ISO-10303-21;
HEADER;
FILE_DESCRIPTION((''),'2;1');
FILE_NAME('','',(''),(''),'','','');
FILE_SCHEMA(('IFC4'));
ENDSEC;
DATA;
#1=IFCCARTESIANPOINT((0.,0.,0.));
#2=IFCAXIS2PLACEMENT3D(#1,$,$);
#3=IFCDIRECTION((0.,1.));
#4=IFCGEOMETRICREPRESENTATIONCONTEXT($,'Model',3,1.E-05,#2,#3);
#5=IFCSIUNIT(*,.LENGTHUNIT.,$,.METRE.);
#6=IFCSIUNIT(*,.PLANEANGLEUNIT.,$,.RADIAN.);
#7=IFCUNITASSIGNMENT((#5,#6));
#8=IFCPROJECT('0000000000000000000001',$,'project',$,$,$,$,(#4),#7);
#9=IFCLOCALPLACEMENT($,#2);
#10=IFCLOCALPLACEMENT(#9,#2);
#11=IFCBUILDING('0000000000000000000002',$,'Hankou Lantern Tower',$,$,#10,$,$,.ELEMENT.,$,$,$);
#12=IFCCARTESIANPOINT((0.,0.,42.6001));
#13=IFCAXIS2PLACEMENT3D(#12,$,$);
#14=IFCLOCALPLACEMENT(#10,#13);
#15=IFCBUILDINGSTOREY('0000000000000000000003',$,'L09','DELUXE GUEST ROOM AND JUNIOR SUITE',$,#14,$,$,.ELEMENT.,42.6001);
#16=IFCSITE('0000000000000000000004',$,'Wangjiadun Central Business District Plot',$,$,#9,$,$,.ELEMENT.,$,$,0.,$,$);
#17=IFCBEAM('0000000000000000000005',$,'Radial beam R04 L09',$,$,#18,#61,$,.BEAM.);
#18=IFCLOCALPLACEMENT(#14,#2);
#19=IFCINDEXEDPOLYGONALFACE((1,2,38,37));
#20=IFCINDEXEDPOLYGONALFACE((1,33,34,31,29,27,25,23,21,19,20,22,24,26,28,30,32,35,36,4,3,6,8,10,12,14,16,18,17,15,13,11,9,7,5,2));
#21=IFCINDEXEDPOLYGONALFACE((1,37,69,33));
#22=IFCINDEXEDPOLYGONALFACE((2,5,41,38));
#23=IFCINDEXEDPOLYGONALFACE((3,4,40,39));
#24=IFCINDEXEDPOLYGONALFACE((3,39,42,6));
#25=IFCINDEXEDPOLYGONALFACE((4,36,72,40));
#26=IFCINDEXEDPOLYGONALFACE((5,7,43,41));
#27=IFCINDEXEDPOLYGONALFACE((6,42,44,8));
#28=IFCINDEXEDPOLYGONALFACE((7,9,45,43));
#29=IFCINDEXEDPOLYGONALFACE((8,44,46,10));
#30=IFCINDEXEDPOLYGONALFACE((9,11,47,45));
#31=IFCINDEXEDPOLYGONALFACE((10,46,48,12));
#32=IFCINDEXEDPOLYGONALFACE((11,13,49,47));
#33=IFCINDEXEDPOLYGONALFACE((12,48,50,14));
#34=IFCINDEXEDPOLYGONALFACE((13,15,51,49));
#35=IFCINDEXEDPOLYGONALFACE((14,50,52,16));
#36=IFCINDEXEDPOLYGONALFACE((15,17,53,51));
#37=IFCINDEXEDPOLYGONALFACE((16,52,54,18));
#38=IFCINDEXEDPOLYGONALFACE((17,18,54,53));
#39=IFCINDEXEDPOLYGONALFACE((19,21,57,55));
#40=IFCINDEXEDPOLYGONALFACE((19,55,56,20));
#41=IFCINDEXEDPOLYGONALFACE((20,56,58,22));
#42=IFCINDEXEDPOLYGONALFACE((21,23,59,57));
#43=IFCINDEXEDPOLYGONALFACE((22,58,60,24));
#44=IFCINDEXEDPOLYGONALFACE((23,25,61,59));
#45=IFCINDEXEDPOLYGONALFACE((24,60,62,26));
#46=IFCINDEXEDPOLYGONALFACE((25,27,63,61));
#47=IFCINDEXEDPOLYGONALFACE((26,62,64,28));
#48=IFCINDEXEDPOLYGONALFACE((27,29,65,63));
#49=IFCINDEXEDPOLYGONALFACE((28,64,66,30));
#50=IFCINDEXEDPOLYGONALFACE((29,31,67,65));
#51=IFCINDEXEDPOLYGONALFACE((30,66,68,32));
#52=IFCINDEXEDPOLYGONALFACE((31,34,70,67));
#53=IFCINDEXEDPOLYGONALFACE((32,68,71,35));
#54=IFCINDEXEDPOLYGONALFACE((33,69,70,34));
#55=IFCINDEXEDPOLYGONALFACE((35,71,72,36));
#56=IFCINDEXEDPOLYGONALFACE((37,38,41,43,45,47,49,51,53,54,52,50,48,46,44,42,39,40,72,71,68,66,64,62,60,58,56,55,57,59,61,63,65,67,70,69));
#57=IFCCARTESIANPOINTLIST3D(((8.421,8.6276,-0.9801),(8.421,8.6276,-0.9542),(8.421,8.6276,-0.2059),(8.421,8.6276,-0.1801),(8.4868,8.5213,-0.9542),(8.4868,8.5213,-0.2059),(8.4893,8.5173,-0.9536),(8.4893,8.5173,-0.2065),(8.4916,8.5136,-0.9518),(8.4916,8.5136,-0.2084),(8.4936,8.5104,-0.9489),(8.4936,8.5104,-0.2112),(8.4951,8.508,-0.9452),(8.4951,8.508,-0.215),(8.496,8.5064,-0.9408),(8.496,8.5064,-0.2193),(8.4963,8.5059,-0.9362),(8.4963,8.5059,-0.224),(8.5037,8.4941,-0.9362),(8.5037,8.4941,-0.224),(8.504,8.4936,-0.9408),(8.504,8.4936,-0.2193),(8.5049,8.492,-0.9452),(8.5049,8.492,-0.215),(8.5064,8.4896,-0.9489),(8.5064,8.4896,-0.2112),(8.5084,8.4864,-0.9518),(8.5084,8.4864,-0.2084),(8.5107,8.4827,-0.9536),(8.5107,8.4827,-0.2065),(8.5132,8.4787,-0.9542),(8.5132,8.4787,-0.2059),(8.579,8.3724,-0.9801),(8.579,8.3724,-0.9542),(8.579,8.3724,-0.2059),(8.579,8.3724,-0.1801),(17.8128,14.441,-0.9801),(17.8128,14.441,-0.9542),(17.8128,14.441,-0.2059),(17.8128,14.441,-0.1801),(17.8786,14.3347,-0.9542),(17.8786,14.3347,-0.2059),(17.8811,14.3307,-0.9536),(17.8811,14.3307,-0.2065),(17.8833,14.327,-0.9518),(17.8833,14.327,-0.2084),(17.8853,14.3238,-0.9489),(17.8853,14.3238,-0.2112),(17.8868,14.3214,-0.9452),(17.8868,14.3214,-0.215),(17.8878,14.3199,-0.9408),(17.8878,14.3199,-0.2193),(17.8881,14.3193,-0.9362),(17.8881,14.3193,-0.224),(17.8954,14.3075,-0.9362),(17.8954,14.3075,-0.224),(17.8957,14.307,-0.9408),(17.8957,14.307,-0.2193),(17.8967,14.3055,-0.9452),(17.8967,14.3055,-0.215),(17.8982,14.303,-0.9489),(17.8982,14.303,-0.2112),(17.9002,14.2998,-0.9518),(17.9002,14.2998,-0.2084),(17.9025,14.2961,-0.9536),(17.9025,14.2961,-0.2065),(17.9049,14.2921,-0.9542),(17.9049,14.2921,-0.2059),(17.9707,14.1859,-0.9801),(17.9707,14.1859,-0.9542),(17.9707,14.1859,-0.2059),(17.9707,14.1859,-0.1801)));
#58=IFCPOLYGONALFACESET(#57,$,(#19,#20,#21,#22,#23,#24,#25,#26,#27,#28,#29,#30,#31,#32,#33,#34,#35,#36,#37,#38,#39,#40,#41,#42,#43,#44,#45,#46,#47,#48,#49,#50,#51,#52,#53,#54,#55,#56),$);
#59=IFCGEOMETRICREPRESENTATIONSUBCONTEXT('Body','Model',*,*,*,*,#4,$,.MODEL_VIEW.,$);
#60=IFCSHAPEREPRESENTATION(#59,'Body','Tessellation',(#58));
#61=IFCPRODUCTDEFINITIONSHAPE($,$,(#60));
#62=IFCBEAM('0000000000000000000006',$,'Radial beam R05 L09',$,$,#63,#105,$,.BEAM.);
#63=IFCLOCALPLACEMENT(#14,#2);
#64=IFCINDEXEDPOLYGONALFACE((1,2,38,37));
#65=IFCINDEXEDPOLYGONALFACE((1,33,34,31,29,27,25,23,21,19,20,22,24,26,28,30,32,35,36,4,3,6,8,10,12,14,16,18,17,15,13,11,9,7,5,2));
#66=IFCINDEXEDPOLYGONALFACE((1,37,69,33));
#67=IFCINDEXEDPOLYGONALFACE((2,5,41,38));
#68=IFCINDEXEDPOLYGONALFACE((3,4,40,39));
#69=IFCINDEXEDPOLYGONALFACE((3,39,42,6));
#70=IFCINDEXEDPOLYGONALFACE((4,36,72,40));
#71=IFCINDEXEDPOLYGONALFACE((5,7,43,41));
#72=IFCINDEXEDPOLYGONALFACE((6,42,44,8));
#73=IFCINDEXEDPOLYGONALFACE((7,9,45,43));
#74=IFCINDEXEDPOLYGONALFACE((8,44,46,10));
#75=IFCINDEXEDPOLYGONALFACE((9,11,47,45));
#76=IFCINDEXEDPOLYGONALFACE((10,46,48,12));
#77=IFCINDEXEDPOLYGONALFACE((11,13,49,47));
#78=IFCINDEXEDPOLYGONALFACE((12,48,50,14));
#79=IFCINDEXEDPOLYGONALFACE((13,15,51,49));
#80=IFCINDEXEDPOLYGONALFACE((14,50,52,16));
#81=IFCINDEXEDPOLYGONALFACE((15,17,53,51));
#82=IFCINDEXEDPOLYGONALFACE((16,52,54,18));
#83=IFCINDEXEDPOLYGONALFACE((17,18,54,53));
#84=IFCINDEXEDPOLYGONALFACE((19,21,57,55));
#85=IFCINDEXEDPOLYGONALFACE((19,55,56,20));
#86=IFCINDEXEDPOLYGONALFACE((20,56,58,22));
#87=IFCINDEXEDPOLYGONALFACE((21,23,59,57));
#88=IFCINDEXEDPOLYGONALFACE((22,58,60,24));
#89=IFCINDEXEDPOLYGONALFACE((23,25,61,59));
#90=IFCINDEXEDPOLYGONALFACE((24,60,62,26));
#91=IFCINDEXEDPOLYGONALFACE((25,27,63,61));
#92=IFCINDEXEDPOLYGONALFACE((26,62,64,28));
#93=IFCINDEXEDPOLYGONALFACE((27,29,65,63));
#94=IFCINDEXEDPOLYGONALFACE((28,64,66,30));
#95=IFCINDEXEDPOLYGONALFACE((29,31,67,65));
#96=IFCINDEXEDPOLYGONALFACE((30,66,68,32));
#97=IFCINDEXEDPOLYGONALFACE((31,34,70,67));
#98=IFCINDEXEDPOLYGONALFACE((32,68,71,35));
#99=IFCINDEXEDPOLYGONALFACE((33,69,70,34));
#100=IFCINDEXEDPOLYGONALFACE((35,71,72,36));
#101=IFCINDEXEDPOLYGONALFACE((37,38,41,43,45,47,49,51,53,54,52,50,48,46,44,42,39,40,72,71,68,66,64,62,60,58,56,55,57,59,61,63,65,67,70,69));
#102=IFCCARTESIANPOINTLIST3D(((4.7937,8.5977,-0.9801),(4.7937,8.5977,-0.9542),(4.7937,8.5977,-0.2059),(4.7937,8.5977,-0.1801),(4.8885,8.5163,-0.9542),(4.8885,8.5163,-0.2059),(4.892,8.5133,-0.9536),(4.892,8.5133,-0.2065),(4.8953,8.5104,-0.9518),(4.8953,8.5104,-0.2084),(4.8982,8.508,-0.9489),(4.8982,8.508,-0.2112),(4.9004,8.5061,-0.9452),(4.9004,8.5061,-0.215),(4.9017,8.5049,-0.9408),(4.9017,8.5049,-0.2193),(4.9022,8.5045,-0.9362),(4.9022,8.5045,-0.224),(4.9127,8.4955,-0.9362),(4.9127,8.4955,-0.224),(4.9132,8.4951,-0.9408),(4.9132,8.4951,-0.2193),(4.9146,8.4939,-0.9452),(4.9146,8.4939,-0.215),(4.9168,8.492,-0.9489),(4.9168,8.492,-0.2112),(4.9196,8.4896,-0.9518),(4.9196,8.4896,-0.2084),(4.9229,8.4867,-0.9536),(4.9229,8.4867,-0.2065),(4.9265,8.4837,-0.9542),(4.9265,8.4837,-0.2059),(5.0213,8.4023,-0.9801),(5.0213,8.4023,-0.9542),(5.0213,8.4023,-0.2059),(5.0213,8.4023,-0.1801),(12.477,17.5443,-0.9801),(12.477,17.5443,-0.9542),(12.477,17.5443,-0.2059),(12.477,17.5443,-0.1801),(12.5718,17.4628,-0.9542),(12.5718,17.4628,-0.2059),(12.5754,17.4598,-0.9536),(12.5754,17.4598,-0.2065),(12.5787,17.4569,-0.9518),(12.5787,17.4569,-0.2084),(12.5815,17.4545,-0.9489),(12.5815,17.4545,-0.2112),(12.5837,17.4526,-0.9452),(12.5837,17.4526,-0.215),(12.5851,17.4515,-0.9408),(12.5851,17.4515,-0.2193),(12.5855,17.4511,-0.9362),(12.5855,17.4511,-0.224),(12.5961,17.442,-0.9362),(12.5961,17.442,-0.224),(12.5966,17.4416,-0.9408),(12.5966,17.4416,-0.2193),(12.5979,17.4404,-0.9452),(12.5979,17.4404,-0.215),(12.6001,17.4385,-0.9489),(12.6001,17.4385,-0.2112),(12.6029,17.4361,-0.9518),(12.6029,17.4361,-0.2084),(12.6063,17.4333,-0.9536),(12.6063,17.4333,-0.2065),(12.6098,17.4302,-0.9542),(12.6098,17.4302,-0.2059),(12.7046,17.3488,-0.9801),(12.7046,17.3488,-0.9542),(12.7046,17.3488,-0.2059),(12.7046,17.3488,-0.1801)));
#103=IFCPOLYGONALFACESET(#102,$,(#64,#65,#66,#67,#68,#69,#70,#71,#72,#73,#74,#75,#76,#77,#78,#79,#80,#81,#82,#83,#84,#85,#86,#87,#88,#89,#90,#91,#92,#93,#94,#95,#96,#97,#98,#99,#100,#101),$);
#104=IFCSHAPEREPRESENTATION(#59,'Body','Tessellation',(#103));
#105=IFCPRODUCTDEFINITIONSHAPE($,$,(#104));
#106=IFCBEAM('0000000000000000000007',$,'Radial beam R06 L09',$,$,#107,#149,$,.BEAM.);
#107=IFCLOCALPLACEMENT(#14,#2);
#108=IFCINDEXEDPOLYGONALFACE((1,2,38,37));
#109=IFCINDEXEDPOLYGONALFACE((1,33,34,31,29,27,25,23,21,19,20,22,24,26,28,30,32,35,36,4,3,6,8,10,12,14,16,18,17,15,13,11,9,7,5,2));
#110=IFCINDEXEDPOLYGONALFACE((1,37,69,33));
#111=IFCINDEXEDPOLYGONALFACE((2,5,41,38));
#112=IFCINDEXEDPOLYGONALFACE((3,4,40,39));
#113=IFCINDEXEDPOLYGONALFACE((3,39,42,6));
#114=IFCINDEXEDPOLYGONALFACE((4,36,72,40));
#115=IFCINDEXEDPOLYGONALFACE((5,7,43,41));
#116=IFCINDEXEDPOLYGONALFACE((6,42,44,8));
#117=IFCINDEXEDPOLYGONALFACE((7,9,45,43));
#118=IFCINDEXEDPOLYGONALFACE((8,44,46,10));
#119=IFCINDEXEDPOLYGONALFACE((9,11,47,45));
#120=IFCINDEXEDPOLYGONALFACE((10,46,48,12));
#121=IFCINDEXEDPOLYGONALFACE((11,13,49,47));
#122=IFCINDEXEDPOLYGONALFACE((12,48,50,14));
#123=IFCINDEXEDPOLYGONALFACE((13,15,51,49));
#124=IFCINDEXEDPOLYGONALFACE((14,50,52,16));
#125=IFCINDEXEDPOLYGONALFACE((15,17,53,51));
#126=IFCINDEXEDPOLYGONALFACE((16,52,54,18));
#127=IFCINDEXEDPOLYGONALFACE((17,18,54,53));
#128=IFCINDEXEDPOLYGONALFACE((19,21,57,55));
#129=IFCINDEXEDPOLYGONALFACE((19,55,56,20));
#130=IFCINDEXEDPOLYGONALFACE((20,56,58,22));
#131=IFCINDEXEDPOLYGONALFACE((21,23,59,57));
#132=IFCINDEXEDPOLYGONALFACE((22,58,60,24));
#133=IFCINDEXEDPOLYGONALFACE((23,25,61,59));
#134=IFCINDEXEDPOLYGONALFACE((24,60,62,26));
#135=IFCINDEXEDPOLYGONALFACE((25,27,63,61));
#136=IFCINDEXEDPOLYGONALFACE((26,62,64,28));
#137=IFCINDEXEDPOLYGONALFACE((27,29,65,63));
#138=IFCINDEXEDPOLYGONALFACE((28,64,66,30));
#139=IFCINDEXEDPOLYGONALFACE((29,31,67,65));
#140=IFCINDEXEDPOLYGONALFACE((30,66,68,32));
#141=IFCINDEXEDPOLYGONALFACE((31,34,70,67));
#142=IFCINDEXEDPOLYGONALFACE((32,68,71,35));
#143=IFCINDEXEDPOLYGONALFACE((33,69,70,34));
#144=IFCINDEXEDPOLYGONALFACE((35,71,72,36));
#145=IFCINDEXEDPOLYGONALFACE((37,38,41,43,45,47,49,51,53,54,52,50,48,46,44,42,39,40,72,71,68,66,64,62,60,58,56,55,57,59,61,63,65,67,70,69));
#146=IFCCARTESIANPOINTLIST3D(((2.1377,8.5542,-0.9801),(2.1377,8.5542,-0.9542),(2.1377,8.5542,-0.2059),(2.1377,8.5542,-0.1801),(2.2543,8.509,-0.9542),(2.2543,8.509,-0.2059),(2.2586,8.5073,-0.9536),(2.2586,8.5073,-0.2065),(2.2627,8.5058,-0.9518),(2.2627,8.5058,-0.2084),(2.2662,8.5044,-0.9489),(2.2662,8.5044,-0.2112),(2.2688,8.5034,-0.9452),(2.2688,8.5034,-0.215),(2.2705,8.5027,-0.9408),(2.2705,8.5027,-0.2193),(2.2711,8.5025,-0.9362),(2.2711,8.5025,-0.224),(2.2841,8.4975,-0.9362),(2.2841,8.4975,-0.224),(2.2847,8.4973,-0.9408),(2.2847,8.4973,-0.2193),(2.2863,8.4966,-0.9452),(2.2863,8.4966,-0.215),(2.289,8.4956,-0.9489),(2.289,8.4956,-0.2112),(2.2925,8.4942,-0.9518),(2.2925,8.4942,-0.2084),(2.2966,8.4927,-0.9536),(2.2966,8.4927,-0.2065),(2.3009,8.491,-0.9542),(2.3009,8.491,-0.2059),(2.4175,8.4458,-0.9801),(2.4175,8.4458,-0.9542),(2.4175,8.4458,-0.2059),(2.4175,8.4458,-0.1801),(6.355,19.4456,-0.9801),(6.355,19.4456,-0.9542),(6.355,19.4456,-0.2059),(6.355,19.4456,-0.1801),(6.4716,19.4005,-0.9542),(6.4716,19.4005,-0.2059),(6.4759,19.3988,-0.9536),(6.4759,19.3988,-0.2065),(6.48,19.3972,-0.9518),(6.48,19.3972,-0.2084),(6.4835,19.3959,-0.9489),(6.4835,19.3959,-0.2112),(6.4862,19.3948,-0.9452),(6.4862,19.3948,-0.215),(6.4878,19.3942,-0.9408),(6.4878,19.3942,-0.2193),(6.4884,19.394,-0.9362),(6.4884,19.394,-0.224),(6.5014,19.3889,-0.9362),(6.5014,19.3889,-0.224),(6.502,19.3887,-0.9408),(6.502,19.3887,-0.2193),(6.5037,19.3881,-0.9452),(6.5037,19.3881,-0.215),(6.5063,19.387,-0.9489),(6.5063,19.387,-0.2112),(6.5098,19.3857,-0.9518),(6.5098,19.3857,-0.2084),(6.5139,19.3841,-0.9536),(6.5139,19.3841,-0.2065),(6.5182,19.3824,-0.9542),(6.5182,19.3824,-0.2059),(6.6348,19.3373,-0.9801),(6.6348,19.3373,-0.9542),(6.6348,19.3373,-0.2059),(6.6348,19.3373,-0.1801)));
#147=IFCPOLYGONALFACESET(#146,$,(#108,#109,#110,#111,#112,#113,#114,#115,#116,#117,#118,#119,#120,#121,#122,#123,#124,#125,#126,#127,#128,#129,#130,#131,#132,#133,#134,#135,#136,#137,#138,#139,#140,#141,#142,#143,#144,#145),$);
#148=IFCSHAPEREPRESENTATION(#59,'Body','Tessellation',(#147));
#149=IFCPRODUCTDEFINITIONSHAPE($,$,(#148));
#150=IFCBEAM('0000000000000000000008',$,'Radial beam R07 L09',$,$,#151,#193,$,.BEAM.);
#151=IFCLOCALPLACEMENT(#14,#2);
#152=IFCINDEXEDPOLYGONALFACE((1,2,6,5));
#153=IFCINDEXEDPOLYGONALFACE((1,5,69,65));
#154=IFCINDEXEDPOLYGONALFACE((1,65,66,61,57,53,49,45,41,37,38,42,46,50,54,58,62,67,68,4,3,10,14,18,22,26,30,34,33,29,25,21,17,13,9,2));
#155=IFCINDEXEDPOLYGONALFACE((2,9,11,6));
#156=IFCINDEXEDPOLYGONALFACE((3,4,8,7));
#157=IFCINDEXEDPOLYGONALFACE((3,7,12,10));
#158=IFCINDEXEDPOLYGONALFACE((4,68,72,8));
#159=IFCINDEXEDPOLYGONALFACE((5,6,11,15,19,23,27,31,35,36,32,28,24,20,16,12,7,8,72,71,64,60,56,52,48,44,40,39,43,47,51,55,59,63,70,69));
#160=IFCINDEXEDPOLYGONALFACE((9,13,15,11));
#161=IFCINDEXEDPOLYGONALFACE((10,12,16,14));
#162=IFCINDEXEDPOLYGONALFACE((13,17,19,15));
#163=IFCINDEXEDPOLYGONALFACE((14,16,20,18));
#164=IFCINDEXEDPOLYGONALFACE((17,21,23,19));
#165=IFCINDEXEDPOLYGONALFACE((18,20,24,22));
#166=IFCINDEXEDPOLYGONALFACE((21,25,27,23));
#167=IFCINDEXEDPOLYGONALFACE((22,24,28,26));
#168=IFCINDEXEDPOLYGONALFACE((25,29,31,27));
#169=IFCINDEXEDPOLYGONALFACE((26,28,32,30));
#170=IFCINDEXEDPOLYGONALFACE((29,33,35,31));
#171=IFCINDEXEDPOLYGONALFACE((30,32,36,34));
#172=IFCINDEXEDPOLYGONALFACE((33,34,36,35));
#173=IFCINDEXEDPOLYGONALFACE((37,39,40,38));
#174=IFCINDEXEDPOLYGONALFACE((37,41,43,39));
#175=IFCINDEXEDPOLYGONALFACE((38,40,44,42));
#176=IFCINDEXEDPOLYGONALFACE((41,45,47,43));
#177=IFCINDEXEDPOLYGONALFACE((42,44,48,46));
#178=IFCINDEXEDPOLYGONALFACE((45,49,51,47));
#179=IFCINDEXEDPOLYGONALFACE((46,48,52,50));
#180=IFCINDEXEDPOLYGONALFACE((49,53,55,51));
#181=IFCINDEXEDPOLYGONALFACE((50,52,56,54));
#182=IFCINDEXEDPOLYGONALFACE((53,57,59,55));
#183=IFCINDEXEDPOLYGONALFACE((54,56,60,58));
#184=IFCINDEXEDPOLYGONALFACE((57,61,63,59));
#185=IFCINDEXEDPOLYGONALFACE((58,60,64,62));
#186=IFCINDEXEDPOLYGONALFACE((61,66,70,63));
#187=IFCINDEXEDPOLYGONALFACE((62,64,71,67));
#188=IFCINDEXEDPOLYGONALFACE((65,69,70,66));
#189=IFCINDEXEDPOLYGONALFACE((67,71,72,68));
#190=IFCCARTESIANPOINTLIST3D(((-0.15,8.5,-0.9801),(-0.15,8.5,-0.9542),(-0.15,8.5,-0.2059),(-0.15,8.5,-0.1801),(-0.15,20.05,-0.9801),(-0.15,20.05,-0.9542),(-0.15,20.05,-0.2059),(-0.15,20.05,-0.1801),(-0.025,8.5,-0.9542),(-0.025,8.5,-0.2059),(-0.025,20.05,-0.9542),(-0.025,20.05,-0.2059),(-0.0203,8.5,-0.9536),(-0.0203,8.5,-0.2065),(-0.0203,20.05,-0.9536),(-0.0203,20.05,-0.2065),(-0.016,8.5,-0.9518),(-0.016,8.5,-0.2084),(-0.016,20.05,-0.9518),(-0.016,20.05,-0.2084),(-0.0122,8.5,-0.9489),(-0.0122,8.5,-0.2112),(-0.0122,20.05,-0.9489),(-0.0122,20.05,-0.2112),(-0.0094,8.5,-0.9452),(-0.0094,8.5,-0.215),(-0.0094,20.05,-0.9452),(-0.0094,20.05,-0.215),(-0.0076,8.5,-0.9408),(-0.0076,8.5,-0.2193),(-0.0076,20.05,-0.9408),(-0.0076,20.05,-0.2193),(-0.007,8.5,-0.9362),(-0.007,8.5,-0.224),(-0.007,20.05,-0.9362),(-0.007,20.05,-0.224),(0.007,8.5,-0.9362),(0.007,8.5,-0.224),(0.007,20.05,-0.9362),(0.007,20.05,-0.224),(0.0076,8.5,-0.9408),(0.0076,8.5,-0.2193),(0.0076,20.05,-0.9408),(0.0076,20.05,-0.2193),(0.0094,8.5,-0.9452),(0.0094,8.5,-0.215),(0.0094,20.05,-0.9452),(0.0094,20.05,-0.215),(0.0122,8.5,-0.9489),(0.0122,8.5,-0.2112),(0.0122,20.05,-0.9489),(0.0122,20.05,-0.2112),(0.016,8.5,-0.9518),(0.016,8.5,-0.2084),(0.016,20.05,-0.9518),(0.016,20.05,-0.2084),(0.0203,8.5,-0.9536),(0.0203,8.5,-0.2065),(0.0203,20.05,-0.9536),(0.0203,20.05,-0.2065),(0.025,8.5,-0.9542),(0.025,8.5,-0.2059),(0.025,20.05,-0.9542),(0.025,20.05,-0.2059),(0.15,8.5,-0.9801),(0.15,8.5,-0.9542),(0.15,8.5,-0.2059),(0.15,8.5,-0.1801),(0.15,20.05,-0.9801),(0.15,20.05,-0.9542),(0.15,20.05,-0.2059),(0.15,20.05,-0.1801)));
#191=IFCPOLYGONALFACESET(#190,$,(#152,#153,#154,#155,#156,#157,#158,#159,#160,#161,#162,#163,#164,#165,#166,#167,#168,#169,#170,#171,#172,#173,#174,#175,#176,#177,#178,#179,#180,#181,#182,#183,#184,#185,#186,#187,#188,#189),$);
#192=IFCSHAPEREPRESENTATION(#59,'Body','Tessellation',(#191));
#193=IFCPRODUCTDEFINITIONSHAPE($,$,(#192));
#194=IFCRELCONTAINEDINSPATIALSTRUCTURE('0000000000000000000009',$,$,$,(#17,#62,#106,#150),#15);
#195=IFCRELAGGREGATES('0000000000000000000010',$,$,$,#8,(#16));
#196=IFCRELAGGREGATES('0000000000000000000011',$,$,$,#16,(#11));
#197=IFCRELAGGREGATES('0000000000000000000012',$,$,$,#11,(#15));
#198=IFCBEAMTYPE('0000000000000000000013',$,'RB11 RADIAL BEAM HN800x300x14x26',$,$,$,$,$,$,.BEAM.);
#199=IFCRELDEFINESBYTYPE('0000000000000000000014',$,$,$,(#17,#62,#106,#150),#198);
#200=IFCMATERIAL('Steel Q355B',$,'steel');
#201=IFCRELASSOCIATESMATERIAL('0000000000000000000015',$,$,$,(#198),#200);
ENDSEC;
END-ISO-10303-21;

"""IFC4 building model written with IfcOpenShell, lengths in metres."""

from ifc_helpers import new_model, si_unit, direction, frame, origin, origin_2d, place, context, subcontext, project, spatial, i_section, extrude, material, material_profile, profile_set, type_object, element, save


model = new_model("IFC4")

# Units and contexts
model_context = context("Model", 3, precision=1e-05, world=origin(), true_north=direction((0.0, 1.0)))
body_context = subcontext(model_context, "Body", "Model", "MODEL_VIEW")
ifc_project = project(units=[si_unit("LENGTHUNIT", "METRE"), si_unit("PLANEANGLEUNIT", "RADIAN")], contexts=[model_context])

# Site, building, storey
site_placement = place(None, origin())
site = spatial("IfcSite", under=ifc_project, at=site_placement, Name="Wangjiadun Central Business District Plot", CompositionType="ELEMENT", RefElevation=0.0)
building_placement = place(site_placement, origin())
building = spatial("IfcBuilding", under=site, at=building_placement, Name="Hankou Lantern Tower", CompositionType="ELEMENT")
storey_placement = place(building_placement, frame((0.0, 0.0, 42.6001)))
storey = spatial("IfcBuildingStorey", under=building, at=storey_placement, Name="L09", Description="DELUXE GUEST ROOM AND JUNIOR SUITE", CompositionType="ELEMENT", Elevation=42.6001)

# Beams
ifc_material_1 = material(Name="Steel Q355B", Category="steel")
ifc_material_profile_1 = material_profile(ifc_material_1, i_section(OverallWidth=0.3, OverallDepth=0.8, WebThickness=0.0139, FlangeThickness=0.0259, FilletRadius=0.0181, at=origin_2d()), Name="HN800x300x14x26")
ifc_profile_set_1 = profile_set([ifc_material_profile_1], Name="Steel Q355B")
beam_type_1 = type_object("IfcBeamType", Name="RB11 RADIAL BEAM HN800x300x14x26", PredefinedType="BEAM", material=ifc_profile_set_1)
beam_1_placement = place(storey_placement, frame((8.5, 8.5, -0.5801), z_axis=(0.850286, 0.52632, 0.0), x_axis=(-0.52632, 0.850286, 0.0)))
element("IfcBeam", 1, at=beam_1_placement, inside=storey, type_object=beam_type_1, Name="Radial beam R04 L09", PredefinedType="BEAM", context=body_context, shape_type="SweptSolid", body=[
    extrude(i_section(OverallWidth=0.3, OverallDepth=0.8, WebThickness=0.0139, FlangeThickness=0.0259, FilletRadius=0.0181, at=origin_2d()), origin(), (0.0, 0.0, 1.0), 11.0454),
])
beam_2_placement = place(storey_placement, frame((4.9075, 8.5, -0.5801), z_axis=(0.651519, 0.758632, 0.0), x_axis=(-0.758632, 0.651519, 0.0)))
element("IfcBeam", 2, at=beam_2_placement, inside=storey, type_object=beam_type_1, Name="Radial beam R05 L09", PredefinedType="BEAM", context=body_context, shape_type="SweptSolid", body=[
    extrude(i_section(OverallWidth=0.3, OverallDepth=0.8, WebThickness=0.0139, FlangeThickness=0.0259, FilletRadius=0.0181, at=origin_2d()), origin(), (0.0, 0.0, 1.0), 11.793),
])
beam_3_placement = place(storey_placement, frame((2.2776, 8.5, -0.5801), z_axis=(0.361089, 0.932531, 0.0), x_axis=(-0.932531, 0.361089, 0.0)))
element("IfcBeam", 3, at=beam_3_placement, inside=storey, type_object=beam_type_1, Name="Radial beam R06 L09", PredefinedType="BEAM", context=body_context, shape_type="SweptSolid", body=[
    extrude(i_section(OverallWidth=0.3, OverallDepth=0.8, WebThickness=0.0139, FlangeThickness=0.0259, FilletRadius=0.0181, at=origin_2d()), origin(), (0.0, 0.0, 1.0), 11.6794),
])
beam_4_placement = place(storey_placement, frame((0.0, 8.5, -0.5801), z_axis=(0.0, 1.0, 0.0), x_axis=(-1.0, 0.0, 0.0)))
element("IfcBeam", 4, at=beam_4_placement, inside=storey, type_object=beam_type_1, Name="Radial beam R07 L09", PredefinedType="BEAM", context=body_context, shape_type="SweptSolid", body=[
    extrude(i_section(OverallWidth=0.3, OverallDepth=0.8, WebThickness=0.0139, FlangeThickness=0.0259, FilletRadius=0.0181, at=origin_2d()), origin(), (0.0, 0.0, 1.0), 11.55),
])

save(model, "model.ifc")
